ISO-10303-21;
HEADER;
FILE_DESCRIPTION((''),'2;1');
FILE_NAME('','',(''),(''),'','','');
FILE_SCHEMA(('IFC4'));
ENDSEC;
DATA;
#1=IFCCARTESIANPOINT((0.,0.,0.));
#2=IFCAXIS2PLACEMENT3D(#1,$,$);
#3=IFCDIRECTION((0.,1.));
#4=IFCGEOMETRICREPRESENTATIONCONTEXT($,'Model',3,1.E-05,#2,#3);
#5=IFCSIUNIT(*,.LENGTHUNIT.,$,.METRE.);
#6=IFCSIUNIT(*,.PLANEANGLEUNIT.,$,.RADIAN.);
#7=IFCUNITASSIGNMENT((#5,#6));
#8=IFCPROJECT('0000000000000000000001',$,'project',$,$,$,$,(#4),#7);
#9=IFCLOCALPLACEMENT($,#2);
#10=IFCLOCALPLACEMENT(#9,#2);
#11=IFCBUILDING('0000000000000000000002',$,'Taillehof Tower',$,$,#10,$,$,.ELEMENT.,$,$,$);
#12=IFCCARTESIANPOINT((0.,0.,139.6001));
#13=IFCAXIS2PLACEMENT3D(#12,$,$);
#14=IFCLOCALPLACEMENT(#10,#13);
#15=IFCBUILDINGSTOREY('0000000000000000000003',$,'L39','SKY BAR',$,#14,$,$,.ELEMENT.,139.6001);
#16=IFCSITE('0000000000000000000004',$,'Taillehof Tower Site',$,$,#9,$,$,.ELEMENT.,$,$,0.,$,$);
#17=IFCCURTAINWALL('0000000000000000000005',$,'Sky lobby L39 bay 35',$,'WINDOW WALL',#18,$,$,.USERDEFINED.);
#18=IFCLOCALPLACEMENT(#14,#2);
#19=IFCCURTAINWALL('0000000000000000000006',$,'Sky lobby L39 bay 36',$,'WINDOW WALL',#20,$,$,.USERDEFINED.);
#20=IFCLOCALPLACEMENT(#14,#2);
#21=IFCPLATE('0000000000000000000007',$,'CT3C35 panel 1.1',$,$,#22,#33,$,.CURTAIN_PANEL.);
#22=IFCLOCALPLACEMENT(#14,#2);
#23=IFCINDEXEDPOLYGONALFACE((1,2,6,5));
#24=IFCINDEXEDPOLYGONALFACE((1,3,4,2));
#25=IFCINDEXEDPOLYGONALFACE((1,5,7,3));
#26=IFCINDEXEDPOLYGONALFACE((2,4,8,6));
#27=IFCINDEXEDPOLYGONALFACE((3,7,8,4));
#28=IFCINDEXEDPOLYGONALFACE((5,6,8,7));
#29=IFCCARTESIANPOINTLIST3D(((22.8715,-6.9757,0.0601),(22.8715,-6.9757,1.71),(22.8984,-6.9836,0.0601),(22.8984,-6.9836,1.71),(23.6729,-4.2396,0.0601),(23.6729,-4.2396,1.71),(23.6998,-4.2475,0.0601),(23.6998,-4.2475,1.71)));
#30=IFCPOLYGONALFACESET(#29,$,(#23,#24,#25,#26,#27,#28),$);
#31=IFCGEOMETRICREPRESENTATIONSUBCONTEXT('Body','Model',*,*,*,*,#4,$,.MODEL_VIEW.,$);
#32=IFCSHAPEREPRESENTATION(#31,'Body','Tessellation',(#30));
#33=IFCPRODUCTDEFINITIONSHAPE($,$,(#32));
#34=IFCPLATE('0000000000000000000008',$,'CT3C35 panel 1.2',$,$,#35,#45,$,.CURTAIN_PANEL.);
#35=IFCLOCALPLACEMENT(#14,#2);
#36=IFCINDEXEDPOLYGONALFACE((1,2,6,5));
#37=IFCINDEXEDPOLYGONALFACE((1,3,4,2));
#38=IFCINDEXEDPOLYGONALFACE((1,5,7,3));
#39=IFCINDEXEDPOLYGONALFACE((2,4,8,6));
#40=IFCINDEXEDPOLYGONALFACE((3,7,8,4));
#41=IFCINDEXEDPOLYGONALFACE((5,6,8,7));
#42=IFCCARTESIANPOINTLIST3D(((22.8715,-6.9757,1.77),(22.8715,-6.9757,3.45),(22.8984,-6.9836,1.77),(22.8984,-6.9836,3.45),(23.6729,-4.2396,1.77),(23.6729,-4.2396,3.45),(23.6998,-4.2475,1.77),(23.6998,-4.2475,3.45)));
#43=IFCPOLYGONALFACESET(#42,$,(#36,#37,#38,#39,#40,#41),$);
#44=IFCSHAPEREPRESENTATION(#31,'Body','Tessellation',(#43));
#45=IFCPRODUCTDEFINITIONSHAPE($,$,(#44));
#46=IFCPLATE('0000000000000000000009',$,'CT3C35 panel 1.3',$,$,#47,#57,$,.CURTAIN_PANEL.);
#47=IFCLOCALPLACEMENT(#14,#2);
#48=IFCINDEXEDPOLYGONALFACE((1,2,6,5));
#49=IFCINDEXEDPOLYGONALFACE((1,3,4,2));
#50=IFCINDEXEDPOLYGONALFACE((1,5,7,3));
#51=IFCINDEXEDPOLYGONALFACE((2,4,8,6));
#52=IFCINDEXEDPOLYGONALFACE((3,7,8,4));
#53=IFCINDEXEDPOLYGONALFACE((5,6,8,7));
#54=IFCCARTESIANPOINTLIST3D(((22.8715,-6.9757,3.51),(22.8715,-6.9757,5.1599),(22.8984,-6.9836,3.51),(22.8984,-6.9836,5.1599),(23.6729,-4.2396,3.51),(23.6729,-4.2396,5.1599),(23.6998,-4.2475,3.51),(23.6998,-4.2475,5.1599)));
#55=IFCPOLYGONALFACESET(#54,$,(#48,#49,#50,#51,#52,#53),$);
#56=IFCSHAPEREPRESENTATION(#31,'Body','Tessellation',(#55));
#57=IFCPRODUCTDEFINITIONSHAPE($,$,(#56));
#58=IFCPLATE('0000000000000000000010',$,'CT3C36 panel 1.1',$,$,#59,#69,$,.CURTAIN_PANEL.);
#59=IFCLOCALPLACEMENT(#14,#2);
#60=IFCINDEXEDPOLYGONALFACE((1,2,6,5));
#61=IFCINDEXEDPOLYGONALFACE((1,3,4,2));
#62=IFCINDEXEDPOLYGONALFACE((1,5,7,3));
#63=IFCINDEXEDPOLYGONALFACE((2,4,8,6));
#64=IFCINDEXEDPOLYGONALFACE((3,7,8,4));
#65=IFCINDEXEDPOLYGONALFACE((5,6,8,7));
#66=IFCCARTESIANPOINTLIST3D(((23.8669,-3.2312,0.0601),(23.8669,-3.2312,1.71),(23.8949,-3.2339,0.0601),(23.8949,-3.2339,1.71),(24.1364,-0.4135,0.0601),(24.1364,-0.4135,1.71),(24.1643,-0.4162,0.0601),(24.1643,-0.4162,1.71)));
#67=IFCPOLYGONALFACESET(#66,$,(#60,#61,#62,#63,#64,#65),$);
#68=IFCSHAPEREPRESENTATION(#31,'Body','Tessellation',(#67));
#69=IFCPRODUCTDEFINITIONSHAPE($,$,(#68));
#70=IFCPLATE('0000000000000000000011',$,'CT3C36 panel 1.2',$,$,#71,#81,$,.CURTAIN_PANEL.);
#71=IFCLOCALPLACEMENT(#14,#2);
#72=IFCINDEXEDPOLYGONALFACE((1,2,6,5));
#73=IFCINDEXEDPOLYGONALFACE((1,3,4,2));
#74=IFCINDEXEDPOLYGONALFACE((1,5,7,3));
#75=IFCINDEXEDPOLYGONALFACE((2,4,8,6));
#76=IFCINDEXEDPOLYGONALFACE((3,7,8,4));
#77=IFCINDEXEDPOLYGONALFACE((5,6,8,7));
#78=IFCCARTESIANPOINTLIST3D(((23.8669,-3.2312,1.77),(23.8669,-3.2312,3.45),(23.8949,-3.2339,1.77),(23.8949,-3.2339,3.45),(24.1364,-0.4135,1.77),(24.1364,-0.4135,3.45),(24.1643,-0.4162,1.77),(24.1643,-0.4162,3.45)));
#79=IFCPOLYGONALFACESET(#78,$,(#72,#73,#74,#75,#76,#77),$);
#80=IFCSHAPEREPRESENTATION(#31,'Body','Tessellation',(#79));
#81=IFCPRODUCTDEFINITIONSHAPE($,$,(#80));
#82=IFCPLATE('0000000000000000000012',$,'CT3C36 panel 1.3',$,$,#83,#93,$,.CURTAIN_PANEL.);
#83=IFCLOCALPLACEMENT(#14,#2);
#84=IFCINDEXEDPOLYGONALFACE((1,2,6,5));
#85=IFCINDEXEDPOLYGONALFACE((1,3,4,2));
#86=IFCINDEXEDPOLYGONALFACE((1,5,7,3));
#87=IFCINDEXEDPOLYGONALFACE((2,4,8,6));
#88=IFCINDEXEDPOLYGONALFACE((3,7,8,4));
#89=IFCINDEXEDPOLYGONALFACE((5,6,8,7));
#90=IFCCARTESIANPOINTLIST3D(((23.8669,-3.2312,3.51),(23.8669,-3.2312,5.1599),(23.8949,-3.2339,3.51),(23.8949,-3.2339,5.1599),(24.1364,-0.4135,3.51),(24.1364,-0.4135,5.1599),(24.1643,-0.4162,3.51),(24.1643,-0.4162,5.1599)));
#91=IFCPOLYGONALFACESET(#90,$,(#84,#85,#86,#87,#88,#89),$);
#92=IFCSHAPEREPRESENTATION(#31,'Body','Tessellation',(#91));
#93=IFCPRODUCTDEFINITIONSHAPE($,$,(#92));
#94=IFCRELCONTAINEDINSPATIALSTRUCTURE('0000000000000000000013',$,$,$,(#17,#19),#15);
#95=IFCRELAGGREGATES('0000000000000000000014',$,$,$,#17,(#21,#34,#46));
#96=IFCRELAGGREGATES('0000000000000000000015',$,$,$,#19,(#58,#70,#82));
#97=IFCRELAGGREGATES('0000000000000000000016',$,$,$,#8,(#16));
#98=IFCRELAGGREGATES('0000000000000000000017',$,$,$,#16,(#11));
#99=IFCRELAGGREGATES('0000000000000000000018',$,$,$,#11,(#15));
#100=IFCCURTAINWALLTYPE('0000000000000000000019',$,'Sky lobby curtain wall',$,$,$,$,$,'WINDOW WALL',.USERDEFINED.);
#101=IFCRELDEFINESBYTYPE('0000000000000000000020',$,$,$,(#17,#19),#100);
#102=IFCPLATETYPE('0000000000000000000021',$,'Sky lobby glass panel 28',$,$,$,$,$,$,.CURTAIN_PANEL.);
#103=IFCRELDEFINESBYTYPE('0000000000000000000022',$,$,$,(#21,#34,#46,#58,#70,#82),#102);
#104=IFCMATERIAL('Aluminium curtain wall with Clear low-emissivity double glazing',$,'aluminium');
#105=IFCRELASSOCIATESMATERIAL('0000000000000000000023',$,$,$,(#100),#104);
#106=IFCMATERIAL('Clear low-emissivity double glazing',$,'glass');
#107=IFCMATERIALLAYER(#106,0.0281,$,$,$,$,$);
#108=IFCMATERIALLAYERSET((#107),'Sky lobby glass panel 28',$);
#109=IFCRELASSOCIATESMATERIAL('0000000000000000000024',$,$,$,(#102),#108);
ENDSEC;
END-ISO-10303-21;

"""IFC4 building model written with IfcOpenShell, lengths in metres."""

from ifc_helpers import new_model, si_unit, direction, frame, origin, origin_2d, place, context, subcontext, project, spatial, rectangle, extrude, material, layer, layer_set, type_object, element, aggregate, save


model = new_model("IFC4")

# Units and contexts
model_context = context("Model", 3, precision=1e-05, world=origin(), true_north=direction((0.0, 1.0)))
body_context = subcontext(model_context, "Body", "Model", "MODEL_VIEW")
ifc_project = project(units=[si_unit("LENGTHUNIT", "METRE"), si_unit("PLANEANGLEUNIT", "RADIAN")], contexts=[model_context])

# Site, building, storey
site_placement = place(None, origin())
site = spatial("IfcSite", under=ifc_project, at=site_placement, Name="Taillehof Tower Site", CompositionType="ELEMENT", RefElevation=0.0)
building_placement = place(site_placement, origin())
building = spatial("IfcBuilding", under=site, at=building_placement, Name="Taillehof Tower", CompositionType="ELEMENT")
storey_placement = place(building_placement, frame((0.0, 0.0, 139.6001)))
storey = spatial("IfcBuildingStorey", under=building, at=storey_placement, Name="L39", Description="SKY BAR", CompositionType="ELEMENT", Elevation=139.6001)

# Curtain wall
ifc_material_1 = material(Name="Aluminium curtain wall with Clear low-emissivity double glazing", Category="aluminium")
curtain_wall_type = type_object("IfcCurtainWallType", Name="Sky lobby curtain wall", ElementType="WINDOW WALL", PredefinedType="USERDEFINED", material=ifc_material_1)
curtain_wall_1_placement = place(storey_placement, origin())
curtain_wall_1 = element("IfcCurtainWall", 1, at=curtain_wall_1_placement, inside=storey, type_object=curtain_wall_type, Name="Sky lobby L39 bay 35", ObjectType="WINDOW WALL", PredefinedType="USERDEFINED")

# Curtain wall
curtain_wall_2_placement = place(storey_placement, origin())
curtain_wall_2 = element("IfcCurtainWall", 2, at=curtain_wall_2_placement, inside=storey, type_object=curtain_wall_type, Name="Sky lobby L39 bay 36", ObjectType="WINDOW WALL", PredefinedType="USERDEFINED")

# Plates
ifc_material_2 = material(Name="Clear low-emissivity double glazing", Category="glass")
ifc_layer = layer(ifc_material_2, 0.0281)
ifc_layer_set = layer_set([ifc_layer], Name="Sky lobby glass panel 28")
plate_type = type_object("IfcPlateType", Name="Sky lobby glass panel 28", PredefinedType="CURTAIN_PANEL", material=ifc_layer_set)
plate_1_placement = place(storey_placement, frame((23.2856, -5.6116, 0.0601), z_axis=(0.0, 0.0, 1.0), x_axis=(0.28108, 0.959684, 0.0)))
plate_1 = element("IfcPlate", 3, at=plate_1_placement, type_object=plate_type, Name="CT3C35 panel 1.1", PredefinedType="CURTAIN_PANEL", context=body_context, shape_type="SweptSolid", body=[
    extrude(rectangle(XDim=2.8511, YDim=0.0281, at=origin_2d()), origin(), (0.0, 0.0, 1.0), 1.6499),
])
plate_2_placement = place(storey_placement, frame((23.2856, -5.6116, 1.77), z_axis=(0.0, 0.0, 1.0), x_axis=(0.28108, 0.959684, 0.0)))
plate_2 = element("IfcPlate", 4, at=plate_2_placement, type_object=plate_type, Name="CT3C35 panel 1.2", PredefinedType="CURTAIN_PANEL", context=body_context, shape_type="SweptSolid", body=[
    extrude(rectangle(XDim=2.8511, YDim=0.0281, at=origin_2d()), origin(), (0.0, 0.0, 1.0), 1.6799),
])
plate_3_placement = place(storey_placement, frame((23.2856, -5.6116, 3.51), z_axis=(0.0, 0.0, 1.0), x_axis=(0.28108, 0.959684, 0.0)))
plate_3 = element("IfcPlate", 5, at=plate_3_placement, type_object=plate_type, Name="CT3C35 panel 1.3", PredefinedType="CURTAIN_PANEL", context=body_context, shape_type="SweptSolid", body=[
    extrude(rectangle(XDim=2.8511, YDim=0.0281, at=origin_2d()), origin(), (0.0, 0.0, 1.0), 1.6499),
])
aggregate(curtain_wall_1, [plate_1, plate_2, plate_3])
plate_4_placement = place(storey_placement, frame((24.0156, -1.8237, 0.0601), z_axis=(0.0, 0.0, 1.0), x_axis=(0.095197, 0.995458, 0.0)))
plate_4 = element("IfcPlate", 6, at=plate_4_placement, type_object=plate_type, Name="CT3C36 panel 1.1", PredefinedType="CURTAIN_PANEL", context=body_context, shape_type="SweptSolid", body=[
    extrude(rectangle(XDim=2.8306, YDim=0.0281, at=origin_2d()), origin(), (0.0, 0.0, 1.0), 1.6499),
])
plate_5_placement = place(storey_placement, frame((24.0156, -1.8237, 1.77), z_axis=(0.0, 0.0, 1.0), x_axis=(0.095197, 0.995458, 0.0)))
plate_5 = element("IfcPlate", 7, at=plate_5_placement, type_object=plate_type, Name="CT3C36 panel 1.2", PredefinedType="CURTAIN_PANEL", context=body_context, shape_type="SweptSolid", body=[
    extrude(rectangle(XDim=2.8306, YDim=0.0281, at=origin_2d()), origin(), (0.0, 0.0, 1.0), 1.6799),
])
plate_6_placement = place(storey_placement, frame((24.0156, -1.8237, 3.51), z_axis=(0.0, 0.0, 1.0), x_axis=(0.095197, 0.995458, 0.0)))
plate_6 = element("IfcPlate", 8, at=plate_6_placement, type_object=plate_type, Name="CT3C36 panel 1.3", PredefinedType="CURTAIN_PANEL", context=body_context, shape_type="SweptSolid", body=[
    extrude(rectangle(XDim=2.8306, YDim=0.0281, at=origin_2d()), origin(), (0.0, 0.0, 1.0), 1.6499),
])
aggregate(curtain_wall_2, [plate_4, plate_5, plate_6])

save(model, "model.ifc")
